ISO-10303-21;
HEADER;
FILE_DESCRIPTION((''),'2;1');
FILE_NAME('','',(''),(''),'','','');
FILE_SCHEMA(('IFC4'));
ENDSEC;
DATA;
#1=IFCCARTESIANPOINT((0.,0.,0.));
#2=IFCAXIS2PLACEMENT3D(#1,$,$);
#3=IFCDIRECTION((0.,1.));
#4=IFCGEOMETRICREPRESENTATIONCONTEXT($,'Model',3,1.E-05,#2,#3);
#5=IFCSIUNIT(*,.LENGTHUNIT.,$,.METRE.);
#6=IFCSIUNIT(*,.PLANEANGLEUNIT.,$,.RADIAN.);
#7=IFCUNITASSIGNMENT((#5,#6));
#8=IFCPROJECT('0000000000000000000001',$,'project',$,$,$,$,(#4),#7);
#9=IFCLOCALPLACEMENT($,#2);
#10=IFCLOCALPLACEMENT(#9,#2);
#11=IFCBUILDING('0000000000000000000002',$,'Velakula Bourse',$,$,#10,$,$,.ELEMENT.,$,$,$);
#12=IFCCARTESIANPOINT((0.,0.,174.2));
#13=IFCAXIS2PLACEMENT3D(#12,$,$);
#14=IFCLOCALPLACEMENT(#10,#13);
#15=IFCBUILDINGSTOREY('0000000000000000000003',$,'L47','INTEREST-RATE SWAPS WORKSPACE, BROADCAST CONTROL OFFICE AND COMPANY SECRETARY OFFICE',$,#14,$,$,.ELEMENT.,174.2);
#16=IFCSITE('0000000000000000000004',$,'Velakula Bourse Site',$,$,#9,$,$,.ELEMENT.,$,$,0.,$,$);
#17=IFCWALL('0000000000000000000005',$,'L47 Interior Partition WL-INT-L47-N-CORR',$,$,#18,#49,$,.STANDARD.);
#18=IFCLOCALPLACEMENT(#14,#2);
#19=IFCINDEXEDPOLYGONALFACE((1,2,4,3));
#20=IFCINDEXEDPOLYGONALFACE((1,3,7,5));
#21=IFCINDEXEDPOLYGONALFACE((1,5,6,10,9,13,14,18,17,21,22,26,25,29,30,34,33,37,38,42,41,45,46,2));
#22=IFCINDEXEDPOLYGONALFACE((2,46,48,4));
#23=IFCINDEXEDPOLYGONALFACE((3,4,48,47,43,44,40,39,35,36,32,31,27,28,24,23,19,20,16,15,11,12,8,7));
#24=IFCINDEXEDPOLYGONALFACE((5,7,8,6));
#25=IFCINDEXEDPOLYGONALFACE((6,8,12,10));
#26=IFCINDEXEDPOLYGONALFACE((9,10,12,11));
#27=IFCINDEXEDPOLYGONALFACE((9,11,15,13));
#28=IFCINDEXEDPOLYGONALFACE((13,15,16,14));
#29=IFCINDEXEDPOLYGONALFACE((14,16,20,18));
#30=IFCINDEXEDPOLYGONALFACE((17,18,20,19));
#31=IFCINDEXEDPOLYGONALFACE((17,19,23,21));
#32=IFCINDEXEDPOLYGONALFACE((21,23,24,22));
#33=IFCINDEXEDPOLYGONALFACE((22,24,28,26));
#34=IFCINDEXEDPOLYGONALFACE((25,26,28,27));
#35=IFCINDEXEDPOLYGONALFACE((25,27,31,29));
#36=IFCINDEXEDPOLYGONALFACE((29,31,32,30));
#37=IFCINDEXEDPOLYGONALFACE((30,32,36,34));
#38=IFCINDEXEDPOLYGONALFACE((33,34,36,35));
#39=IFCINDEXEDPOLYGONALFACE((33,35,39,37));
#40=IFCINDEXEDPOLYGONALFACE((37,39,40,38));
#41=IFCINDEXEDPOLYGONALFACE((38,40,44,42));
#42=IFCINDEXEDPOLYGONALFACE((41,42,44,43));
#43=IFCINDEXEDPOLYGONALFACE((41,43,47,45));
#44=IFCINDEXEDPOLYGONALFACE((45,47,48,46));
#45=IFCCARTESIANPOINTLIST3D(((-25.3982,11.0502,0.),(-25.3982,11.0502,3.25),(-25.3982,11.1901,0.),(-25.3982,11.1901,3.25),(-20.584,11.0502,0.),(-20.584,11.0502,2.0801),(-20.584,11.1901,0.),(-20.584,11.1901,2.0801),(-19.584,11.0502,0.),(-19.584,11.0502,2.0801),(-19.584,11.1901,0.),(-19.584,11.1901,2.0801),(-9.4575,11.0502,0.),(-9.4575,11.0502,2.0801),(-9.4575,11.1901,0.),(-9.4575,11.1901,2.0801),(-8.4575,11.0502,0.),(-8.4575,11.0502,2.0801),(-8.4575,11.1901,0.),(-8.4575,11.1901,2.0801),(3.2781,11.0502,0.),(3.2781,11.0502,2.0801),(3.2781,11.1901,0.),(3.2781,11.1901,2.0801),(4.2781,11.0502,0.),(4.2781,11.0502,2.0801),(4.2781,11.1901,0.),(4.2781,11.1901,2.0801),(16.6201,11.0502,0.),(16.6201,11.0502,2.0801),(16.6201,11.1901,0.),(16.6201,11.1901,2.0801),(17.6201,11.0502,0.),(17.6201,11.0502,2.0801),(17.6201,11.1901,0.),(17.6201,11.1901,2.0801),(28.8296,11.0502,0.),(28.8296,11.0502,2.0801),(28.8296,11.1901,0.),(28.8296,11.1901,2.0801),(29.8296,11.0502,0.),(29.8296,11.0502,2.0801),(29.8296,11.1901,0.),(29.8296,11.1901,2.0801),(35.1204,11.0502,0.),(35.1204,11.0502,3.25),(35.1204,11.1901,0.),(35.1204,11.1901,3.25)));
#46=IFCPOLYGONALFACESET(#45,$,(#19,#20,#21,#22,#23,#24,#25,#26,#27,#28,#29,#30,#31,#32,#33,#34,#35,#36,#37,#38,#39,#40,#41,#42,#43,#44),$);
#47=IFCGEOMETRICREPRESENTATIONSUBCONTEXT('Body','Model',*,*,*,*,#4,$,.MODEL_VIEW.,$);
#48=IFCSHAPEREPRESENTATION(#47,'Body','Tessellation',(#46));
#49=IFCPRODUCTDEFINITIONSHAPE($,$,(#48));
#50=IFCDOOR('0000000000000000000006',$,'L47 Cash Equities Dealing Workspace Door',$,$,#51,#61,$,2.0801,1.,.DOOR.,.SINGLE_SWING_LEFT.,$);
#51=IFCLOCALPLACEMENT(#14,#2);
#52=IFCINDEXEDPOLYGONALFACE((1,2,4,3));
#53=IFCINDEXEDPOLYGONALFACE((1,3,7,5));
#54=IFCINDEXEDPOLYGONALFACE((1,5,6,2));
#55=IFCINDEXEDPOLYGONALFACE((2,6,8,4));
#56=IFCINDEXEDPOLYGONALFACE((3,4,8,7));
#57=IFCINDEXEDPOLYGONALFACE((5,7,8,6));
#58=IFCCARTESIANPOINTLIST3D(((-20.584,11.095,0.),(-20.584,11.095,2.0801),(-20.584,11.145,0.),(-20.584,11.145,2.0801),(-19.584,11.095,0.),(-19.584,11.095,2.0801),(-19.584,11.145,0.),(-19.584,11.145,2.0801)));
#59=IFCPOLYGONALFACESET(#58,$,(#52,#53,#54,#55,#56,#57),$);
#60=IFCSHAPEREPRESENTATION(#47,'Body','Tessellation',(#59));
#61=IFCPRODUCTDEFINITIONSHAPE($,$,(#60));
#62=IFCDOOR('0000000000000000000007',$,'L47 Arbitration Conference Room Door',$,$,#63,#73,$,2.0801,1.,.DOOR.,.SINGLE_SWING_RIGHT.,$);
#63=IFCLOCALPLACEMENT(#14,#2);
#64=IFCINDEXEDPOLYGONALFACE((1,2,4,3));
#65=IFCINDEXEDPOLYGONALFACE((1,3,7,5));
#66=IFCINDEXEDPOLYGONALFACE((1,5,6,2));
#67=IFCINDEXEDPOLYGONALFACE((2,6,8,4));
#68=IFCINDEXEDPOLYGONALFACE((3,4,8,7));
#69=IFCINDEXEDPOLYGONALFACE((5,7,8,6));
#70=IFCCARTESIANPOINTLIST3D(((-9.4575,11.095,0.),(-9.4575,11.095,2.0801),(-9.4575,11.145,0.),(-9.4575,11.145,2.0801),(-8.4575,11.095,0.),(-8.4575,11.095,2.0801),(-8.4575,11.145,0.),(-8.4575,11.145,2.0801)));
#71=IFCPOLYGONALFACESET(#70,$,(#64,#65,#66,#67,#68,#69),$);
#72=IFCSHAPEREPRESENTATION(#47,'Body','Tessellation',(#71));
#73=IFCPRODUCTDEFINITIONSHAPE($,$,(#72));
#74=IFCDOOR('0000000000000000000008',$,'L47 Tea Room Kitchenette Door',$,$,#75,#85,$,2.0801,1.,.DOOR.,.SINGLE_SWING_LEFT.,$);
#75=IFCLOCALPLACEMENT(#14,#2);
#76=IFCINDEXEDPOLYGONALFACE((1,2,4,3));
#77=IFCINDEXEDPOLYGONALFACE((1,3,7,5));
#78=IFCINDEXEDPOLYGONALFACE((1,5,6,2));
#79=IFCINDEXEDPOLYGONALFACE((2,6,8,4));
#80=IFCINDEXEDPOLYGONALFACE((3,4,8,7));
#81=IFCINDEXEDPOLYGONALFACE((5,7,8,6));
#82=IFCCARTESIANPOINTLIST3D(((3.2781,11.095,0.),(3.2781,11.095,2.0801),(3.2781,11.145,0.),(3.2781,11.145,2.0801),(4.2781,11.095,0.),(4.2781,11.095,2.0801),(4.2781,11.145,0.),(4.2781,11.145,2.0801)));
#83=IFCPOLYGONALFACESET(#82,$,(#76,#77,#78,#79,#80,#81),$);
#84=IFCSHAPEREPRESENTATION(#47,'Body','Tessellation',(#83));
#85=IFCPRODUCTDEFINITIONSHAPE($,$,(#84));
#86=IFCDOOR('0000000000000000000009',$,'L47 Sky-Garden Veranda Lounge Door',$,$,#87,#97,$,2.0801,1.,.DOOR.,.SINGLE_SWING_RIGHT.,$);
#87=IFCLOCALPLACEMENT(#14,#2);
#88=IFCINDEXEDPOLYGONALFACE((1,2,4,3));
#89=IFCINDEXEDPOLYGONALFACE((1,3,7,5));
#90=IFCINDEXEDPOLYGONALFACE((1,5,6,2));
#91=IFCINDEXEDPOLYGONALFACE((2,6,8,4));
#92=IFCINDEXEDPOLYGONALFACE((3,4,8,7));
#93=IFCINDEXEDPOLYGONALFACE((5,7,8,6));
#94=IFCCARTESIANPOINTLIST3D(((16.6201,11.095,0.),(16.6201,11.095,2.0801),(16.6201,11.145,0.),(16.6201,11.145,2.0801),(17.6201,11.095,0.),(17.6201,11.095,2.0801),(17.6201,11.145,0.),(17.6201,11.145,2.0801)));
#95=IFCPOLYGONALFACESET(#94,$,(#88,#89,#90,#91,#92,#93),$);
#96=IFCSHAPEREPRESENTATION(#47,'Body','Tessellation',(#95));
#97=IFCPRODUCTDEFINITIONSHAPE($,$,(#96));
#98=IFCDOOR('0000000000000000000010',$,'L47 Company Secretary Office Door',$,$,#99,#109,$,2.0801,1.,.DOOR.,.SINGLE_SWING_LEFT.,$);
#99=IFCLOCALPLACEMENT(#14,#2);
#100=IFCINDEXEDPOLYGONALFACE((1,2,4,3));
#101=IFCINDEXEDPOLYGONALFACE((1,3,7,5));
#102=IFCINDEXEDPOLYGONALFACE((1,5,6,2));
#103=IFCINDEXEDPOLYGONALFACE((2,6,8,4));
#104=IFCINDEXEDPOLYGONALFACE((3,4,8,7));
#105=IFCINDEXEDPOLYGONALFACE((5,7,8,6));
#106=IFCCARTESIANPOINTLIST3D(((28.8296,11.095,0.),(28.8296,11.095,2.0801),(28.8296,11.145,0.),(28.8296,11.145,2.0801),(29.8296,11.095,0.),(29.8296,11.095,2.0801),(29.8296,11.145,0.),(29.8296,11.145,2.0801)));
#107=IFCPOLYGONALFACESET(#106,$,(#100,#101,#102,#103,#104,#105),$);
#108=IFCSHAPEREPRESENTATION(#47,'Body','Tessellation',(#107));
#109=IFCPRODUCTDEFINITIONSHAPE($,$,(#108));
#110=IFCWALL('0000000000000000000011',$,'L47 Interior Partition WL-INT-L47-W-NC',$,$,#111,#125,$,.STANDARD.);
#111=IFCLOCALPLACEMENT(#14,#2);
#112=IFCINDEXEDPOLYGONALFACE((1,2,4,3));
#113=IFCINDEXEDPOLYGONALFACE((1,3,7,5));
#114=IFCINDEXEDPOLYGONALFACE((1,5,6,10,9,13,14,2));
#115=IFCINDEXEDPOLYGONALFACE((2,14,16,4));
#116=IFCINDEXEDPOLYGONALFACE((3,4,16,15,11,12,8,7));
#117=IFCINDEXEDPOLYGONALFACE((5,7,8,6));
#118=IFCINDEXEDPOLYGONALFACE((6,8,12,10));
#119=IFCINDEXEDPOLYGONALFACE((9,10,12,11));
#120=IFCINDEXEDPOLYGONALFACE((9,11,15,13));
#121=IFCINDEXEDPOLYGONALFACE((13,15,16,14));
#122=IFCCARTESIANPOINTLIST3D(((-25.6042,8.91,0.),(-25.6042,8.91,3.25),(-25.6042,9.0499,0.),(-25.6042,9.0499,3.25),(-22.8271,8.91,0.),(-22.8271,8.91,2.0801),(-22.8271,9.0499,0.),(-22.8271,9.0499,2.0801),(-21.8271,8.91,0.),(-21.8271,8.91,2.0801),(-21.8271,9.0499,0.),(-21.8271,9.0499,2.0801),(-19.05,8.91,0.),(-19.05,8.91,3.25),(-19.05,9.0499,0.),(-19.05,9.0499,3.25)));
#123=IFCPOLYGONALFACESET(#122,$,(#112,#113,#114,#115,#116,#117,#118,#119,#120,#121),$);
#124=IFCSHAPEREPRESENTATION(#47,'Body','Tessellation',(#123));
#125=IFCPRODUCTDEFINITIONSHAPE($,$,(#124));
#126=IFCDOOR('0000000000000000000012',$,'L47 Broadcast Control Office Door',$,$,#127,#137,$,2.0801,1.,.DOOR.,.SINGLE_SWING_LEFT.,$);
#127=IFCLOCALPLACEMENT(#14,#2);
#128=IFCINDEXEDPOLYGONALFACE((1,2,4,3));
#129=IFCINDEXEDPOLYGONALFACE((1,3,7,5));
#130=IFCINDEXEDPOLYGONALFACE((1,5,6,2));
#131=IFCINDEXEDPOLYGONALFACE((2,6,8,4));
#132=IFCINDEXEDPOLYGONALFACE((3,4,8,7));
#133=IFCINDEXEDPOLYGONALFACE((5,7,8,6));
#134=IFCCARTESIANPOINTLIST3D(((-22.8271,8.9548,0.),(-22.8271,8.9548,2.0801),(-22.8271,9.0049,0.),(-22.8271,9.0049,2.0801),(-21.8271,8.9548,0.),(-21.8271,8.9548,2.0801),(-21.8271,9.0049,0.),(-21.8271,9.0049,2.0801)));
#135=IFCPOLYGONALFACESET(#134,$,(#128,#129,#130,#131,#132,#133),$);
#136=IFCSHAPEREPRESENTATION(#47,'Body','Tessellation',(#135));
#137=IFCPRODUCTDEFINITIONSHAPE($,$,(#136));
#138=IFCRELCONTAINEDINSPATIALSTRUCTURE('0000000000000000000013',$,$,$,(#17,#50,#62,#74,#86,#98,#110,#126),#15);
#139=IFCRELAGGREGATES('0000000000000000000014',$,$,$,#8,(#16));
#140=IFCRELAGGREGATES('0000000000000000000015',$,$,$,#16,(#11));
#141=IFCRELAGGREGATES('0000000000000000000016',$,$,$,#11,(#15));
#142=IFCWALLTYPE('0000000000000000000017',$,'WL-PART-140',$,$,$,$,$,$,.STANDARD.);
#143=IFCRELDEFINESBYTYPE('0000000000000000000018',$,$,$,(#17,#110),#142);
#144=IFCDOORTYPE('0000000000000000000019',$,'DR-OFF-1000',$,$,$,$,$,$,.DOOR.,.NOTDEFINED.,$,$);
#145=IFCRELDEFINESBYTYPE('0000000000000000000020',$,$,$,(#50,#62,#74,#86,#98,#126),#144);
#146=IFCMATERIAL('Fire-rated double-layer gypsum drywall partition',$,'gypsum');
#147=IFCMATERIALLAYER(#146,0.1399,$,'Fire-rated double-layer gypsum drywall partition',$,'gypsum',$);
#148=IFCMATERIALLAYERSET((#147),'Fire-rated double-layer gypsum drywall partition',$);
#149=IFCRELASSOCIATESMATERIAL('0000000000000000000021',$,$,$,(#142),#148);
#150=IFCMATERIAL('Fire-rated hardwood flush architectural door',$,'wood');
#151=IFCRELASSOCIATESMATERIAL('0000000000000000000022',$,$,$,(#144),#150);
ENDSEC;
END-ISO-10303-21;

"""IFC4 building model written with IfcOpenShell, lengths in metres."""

from ifc_helpers import new_model, si_unit, direction, frame, frame_2d, origin, place, context, subcontext, project, spatial, rectangle, extrude, material, layer, layer_set, type_object, element, fill, save


model = new_model("IFC4")

# Units and contexts
model_context = context("Model", 3, precision=1e-05, world=origin(), true_north=direction((0.0, 1.0)))
body_context = subcontext(model_context, "Body", "Model", "MODEL_VIEW")
ifc_project = project(units=[si_unit("LENGTHUNIT", "METRE"), si_unit("PLANEANGLEUNIT", "RADIAN")], contexts=[model_context])

# Site, building, storey
site_placement = place(None, origin())
site = spatial("IfcSite", under=ifc_project, at=site_placement, Name="Velakula Bourse Site", CompositionType="ELEMENT", RefElevation=0.0)
building_placement = place(site_placement, origin())
building = spatial("IfcBuilding", under=site, at=building_placement, Name="Velakula Bourse", CompositionType="ELEMENT")
storey_placement = place(building_placement, frame((0.0, 0.0, 174.2)))
storey = spatial("IfcBuildingStorey", under=building, at=storey_placement, Name="L47", Description="INTEREST-RATE SWAPS WORKSPACE, BROADCAST CONTROL OFFICE AND COMPANY SECRETARY OFFICE", CompositionType="ELEMENT", Elevation=174.2)

# Shared definitions
ifc_material_1 = material(Name="Fire-rated hardwood flush architectural door", Category="wood")

# Shared definitions
ifc_material_2 = material(Name="Fire-rated double-layer gypsum drywall partition", Category="gypsum")

# Wall, openings, doors
ifc_layer_1 = layer(ifc_material_2, 0.1399, Name="Fire-rated double-layer gypsum drywall partition", Category="gypsum")
ifc_layer_set_1 = layer_set([ifc_layer_1], Name="Fire-rated double-layer gypsum drywall partition")
wall_type_1 = type_object("IfcWallType", Name="WL-PART-140", PredefinedType="STANDARD", material=ifc_layer_set_1)
wall_1_placement = place(storey_placement, frame((-25.3982, 11.1201, 0.0), z_axis=(0.0, 0.0, 1.0), x_axis=(1.0, 0.0, 0.0)))
wall_1 = element("IfcWall", 1, at=wall_1_placement, inside=storey, type_object=wall_type_1, Name="L47 Interior Partition WL-INT-L47-N-CORR", PredefinedType="STANDARD", context=body_context, shape_type="SweptSolid", body=[
    extrude(rectangle(XDim=60.5186, YDim=0.1399, at=frame_2d((30.2593, 0.0))), origin(), (0.0, 0.0, 1.0), 3.25),
])
opening_1_placement = place(wall_1_placement, frame((4.8142, 0.0, 0.0)))
opening_1 = element("IfcOpeningElement", 2, at=opening_1_placement, cuts=wall_1, PredefinedType="OPENING", context=body_context, shape_type="SweptSolid", body=[
    extrude(rectangle(XDim=1.0, YDim=2.0801, at=frame_2d((0.5, 1.04))), frame((0.0, 0.0798, 0.0), z_axis=(0.0, -1.0, 0.0), x_axis=(1.0, 0.0, 0.0)), (0.0, 0.0, 1.0), 0.1599),
])
opening_2_placement = place(wall_1_placement, frame((15.9407, 0.0, 0.0)))
opening_2 = element("IfcOpeningElement", 3, at=opening_2_placement, cuts=wall_1, PredefinedType="OPENING", context=body_context, shape_type="SweptSolid", body=[
    extrude(rectangle(XDim=1.0, YDim=2.0801, at=frame_2d((0.5, 1.04))), frame((0.0, 0.0798, 0.0), z_axis=(0.0, -1.0, 0.0), x_axis=(1.0, 0.0, 0.0)), (0.0, 0.0, 1.0), 0.1599),
])
opening_3_placement = place(wall_1_placement, frame((28.6763, 0.0, 0.0)))
opening_3 = element("IfcOpeningElement", 4, at=opening_3_placement, cuts=wall_1, PredefinedType="OPENING", context=body_context, shape_type="SweptSolid", body=[
    extrude(rectangle(XDim=1.0, YDim=2.0801, at=frame_2d((0.5, 1.04))), frame((0.0, 0.0798, 0.0), z_axis=(0.0, -1.0, 0.0), x_axis=(1.0, 0.0, 0.0)), (0.0, 0.0, 1.0), 0.1599),
])
opening_4_placement = place(wall_1_placement, frame((42.0183, 0.0, 0.0)))
opening_4 = element("IfcOpeningElement", 5, at=opening_4_placement, cuts=wall_1, PredefinedType="OPENING", context=body_context, shape_type="SweptSolid", body=[
    extrude(rectangle(XDim=1.0, YDim=2.0801, at=frame_2d((0.5, 1.04))), frame((0.0, 0.0798, 0.0), z_axis=(0.0, -1.0, 0.0), x_axis=(1.0, 0.0, 0.0)), (0.0, 0.0, 1.0), 0.1599),
])
opening_5_placement = place(wall_1_placement, frame((54.2278, 0.0, 0.0)))
opening_5 = element("IfcOpeningElement", 6, at=opening_5_placement, cuts=wall_1, PredefinedType="OPENING", context=body_context, shape_type="SweptSolid", body=[
    extrude(rectangle(XDim=1.0, YDim=2.0801, at=frame_2d((0.5, 1.04))), frame((0.0, 0.0798, 0.0), z_axis=(0.0, -1.0, 0.0), x_axis=(1.0, 0.0, 0.0)), (0.0, 0.0, 1.0), 0.1599),
])
door_type_1 = type_object("IfcDoorType", Name="DR-OFF-1000", OperationType="NOTDEFINED", PredefinedType="DOOR", material=ifc_material_1)
door_1_placement = place(opening_1_placement, origin())
door_1 = element("IfcDoor", 7, at=door_1_placement, inside=storey, type_object=door_type_1, Name="L47 Cash Equities Dealing Workspace Door", OperationType="SINGLE_SWING_LEFT", OverallHeight=2.0801, OverallWidth=1.0, PredefinedType="DOOR", context=body_context, shape_type="SweptSolid", body=[
    extrude(rectangle(XDim=1.0, YDim=2.0801, at=frame_2d((0.5, 1.04))), frame((0.0, 0.0249, 0.0), z_axis=(0.0, -1.0, 0.0), x_axis=(1.0, 0.0, 0.0)), (0.0, 0.0, 1.0), 0.05),
])
fill(opening_1, door_1)
door_2_placement = place(opening_2_placement, origin())
door_2 = element("IfcDoor", 8, at=door_2_placement, inside=storey, type_object=door_type_1, Name="L47 Arbitration Conference Room Door", OperationType="SINGLE_SWING_RIGHT", OverallHeight=2.0801, OverallWidth=1.0, PredefinedType="DOOR", context=body_context, shape_type="SweptSolid", body=[
    extrude(rectangle(XDim=1.0, YDim=2.0801, at=frame_2d((0.5, 1.04))), frame((0.0, 0.0249, 0.0), z_axis=(0.0, -1.0, 0.0), x_axis=(1.0, 0.0, 0.0)), (0.0, 0.0, 1.0), 0.05),
])
fill(opening_2, door_2)
door_3_placement = place(opening_3_placement, origin())
door_3 = element("IfcDoor", 9, at=door_3_placement, inside=storey, type_object=door_type_1, Name="L47 Tea Room Kitchenette Door", OperationType="SINGLE_SWING_LEFT", OverallHeight=2.0801, OverallWidth=1.0, PredefinedType="DOOR", context=body_context, shape_type="SweptSolid", body=[
    extrude(rectangle(XDim=1.0, YDim=2.0801, at=frame_2d((0.5, 1.04))), frame((0.0, 0.0249, 0.0), z_axis=(0.0, -1.0, 0.0), x_axis=(1.0, 0.0, 0.0)), (0.0, 0.0, 1.0), 0.05),
])
fill(opening_3, door_3)
door_4_placement = place(opening_4_placement, origin())
door_4 = element("IfcDoor", 10, at=door_4_placement, inside=storey, type_object=door_type_1, Name="L47 Sky-Garden Veranda Lounge Door", OperationType="SINGLE_SWING_RIGHT", OverallHeight=2.0801, OverallWidth=1.0, PredefinedType="DOOR", context=body_context, shape_type="SweptSolid", body=[
    extrude(rectangle(XDim=1.0, YDim=2.0801, at=frame_2d((0.5, 1.04))), frame((0.0, 0.0249, 0.0), z_axis=(0.0, -1.0, 0.0), x_axis=(1.0, 0.0, 0.0)), (0.0, 0.0, 1.0), 0.05),
])
fill(opening_4, door_4)
door_5_placement = place(opening_5_placement, origin())
door_5 = element("IfcDoor", 11, at=door_5_placement, inside=storey, type_object=door_type_1, Name="L47 Company Secretary Office Door", OperationType="SINGLE_SWING_LEFT", OverallHeight=2.0801, OverallWidth=1.0, PredefinedType="DOOR", context=body_context, shape_type="SweptSolid", body=[
    extrude(rectangle(XDim=1.0, YDim=2.0801, at=frame_2d((0.5, 1.04))), frame((0.0, 0.0249, 0.0), z_axis=(0.0, -1.0, 0.0), x_axis=(1.0, 0.0, 0.0)), (0.0, 0.0, 1.0), 0.05),
])
fill(opening_5, door_5)

# Wall, opening, door
wall_2_placement = place(storey_placement, frame((-25.6042, 8.98, 0.0), z_axis=(0.0, 0.0, 1.0), x_axis=(1.0, 0.0, 0.0)))
wall_2 = element("IfcWall", 12, at=wall_2_placement, inside=storey, type_object=wall_type_1, Name="L47 Interior Partition WL-INT-L47-W-NC", PredefinedType="STANDARD", context=body_context, shape_type="SweptSolid", body=[
    extrude(rectangle(XDim=6.5542, YDim=0.1399, at=frame_2d((3.2771, 0.0))), origin(), (0.0, 0.0, 1.0), 3.25),
])
opening_6_placement = place(wall_2_placement, frame((2.7771, 0.0, 0.0)))
opening_6 = element("IfcOpeningElement", 13, at=opening_6_placement, cuts=wall_2, PredefinedType="OPENING", context=body_context, shape_type="SweptSolid", body=[
    extrude(rectangle(XDim=1.0, YDim=2.0801, at=frame_2d((0.5, 1.04))), frame((0.0, 0.0798, 0.0), z_axis=(0.0, -1.0, 0.0), x_axis=(1.0, 0.0, 0.0)), (0.0, 0.0, 1.0), 0.1599),
])
door_6_placement = place(opening_6_placement, origin())
door_6 = element("IfcDoor", 14, at=door_6_placement, inside=storey, type_object=door_type_1, Name="L47 Broadcast Control Office Door", OperationType="SINGLE_SWING_LEFT", OverallHeight=2.0801, OverallWidth=1.0, PredefinedType="DOOR", context=body_context, shape_type="SweptSolid", body=[
    extrude(rectangle(XDim=1.0, YDim=2.0801, at=frame_2d((0.5, 1.04))), frame((0.0, 0.0249, 0.0), z_axis=(0.0, -1.0, 0.0), x_axis=(1.0, 0.0, 0.0)), (0.0, 0.0, 1.0), 0.05),
])
fill(opening_6, door_6)

save(model, "model.ifc")
